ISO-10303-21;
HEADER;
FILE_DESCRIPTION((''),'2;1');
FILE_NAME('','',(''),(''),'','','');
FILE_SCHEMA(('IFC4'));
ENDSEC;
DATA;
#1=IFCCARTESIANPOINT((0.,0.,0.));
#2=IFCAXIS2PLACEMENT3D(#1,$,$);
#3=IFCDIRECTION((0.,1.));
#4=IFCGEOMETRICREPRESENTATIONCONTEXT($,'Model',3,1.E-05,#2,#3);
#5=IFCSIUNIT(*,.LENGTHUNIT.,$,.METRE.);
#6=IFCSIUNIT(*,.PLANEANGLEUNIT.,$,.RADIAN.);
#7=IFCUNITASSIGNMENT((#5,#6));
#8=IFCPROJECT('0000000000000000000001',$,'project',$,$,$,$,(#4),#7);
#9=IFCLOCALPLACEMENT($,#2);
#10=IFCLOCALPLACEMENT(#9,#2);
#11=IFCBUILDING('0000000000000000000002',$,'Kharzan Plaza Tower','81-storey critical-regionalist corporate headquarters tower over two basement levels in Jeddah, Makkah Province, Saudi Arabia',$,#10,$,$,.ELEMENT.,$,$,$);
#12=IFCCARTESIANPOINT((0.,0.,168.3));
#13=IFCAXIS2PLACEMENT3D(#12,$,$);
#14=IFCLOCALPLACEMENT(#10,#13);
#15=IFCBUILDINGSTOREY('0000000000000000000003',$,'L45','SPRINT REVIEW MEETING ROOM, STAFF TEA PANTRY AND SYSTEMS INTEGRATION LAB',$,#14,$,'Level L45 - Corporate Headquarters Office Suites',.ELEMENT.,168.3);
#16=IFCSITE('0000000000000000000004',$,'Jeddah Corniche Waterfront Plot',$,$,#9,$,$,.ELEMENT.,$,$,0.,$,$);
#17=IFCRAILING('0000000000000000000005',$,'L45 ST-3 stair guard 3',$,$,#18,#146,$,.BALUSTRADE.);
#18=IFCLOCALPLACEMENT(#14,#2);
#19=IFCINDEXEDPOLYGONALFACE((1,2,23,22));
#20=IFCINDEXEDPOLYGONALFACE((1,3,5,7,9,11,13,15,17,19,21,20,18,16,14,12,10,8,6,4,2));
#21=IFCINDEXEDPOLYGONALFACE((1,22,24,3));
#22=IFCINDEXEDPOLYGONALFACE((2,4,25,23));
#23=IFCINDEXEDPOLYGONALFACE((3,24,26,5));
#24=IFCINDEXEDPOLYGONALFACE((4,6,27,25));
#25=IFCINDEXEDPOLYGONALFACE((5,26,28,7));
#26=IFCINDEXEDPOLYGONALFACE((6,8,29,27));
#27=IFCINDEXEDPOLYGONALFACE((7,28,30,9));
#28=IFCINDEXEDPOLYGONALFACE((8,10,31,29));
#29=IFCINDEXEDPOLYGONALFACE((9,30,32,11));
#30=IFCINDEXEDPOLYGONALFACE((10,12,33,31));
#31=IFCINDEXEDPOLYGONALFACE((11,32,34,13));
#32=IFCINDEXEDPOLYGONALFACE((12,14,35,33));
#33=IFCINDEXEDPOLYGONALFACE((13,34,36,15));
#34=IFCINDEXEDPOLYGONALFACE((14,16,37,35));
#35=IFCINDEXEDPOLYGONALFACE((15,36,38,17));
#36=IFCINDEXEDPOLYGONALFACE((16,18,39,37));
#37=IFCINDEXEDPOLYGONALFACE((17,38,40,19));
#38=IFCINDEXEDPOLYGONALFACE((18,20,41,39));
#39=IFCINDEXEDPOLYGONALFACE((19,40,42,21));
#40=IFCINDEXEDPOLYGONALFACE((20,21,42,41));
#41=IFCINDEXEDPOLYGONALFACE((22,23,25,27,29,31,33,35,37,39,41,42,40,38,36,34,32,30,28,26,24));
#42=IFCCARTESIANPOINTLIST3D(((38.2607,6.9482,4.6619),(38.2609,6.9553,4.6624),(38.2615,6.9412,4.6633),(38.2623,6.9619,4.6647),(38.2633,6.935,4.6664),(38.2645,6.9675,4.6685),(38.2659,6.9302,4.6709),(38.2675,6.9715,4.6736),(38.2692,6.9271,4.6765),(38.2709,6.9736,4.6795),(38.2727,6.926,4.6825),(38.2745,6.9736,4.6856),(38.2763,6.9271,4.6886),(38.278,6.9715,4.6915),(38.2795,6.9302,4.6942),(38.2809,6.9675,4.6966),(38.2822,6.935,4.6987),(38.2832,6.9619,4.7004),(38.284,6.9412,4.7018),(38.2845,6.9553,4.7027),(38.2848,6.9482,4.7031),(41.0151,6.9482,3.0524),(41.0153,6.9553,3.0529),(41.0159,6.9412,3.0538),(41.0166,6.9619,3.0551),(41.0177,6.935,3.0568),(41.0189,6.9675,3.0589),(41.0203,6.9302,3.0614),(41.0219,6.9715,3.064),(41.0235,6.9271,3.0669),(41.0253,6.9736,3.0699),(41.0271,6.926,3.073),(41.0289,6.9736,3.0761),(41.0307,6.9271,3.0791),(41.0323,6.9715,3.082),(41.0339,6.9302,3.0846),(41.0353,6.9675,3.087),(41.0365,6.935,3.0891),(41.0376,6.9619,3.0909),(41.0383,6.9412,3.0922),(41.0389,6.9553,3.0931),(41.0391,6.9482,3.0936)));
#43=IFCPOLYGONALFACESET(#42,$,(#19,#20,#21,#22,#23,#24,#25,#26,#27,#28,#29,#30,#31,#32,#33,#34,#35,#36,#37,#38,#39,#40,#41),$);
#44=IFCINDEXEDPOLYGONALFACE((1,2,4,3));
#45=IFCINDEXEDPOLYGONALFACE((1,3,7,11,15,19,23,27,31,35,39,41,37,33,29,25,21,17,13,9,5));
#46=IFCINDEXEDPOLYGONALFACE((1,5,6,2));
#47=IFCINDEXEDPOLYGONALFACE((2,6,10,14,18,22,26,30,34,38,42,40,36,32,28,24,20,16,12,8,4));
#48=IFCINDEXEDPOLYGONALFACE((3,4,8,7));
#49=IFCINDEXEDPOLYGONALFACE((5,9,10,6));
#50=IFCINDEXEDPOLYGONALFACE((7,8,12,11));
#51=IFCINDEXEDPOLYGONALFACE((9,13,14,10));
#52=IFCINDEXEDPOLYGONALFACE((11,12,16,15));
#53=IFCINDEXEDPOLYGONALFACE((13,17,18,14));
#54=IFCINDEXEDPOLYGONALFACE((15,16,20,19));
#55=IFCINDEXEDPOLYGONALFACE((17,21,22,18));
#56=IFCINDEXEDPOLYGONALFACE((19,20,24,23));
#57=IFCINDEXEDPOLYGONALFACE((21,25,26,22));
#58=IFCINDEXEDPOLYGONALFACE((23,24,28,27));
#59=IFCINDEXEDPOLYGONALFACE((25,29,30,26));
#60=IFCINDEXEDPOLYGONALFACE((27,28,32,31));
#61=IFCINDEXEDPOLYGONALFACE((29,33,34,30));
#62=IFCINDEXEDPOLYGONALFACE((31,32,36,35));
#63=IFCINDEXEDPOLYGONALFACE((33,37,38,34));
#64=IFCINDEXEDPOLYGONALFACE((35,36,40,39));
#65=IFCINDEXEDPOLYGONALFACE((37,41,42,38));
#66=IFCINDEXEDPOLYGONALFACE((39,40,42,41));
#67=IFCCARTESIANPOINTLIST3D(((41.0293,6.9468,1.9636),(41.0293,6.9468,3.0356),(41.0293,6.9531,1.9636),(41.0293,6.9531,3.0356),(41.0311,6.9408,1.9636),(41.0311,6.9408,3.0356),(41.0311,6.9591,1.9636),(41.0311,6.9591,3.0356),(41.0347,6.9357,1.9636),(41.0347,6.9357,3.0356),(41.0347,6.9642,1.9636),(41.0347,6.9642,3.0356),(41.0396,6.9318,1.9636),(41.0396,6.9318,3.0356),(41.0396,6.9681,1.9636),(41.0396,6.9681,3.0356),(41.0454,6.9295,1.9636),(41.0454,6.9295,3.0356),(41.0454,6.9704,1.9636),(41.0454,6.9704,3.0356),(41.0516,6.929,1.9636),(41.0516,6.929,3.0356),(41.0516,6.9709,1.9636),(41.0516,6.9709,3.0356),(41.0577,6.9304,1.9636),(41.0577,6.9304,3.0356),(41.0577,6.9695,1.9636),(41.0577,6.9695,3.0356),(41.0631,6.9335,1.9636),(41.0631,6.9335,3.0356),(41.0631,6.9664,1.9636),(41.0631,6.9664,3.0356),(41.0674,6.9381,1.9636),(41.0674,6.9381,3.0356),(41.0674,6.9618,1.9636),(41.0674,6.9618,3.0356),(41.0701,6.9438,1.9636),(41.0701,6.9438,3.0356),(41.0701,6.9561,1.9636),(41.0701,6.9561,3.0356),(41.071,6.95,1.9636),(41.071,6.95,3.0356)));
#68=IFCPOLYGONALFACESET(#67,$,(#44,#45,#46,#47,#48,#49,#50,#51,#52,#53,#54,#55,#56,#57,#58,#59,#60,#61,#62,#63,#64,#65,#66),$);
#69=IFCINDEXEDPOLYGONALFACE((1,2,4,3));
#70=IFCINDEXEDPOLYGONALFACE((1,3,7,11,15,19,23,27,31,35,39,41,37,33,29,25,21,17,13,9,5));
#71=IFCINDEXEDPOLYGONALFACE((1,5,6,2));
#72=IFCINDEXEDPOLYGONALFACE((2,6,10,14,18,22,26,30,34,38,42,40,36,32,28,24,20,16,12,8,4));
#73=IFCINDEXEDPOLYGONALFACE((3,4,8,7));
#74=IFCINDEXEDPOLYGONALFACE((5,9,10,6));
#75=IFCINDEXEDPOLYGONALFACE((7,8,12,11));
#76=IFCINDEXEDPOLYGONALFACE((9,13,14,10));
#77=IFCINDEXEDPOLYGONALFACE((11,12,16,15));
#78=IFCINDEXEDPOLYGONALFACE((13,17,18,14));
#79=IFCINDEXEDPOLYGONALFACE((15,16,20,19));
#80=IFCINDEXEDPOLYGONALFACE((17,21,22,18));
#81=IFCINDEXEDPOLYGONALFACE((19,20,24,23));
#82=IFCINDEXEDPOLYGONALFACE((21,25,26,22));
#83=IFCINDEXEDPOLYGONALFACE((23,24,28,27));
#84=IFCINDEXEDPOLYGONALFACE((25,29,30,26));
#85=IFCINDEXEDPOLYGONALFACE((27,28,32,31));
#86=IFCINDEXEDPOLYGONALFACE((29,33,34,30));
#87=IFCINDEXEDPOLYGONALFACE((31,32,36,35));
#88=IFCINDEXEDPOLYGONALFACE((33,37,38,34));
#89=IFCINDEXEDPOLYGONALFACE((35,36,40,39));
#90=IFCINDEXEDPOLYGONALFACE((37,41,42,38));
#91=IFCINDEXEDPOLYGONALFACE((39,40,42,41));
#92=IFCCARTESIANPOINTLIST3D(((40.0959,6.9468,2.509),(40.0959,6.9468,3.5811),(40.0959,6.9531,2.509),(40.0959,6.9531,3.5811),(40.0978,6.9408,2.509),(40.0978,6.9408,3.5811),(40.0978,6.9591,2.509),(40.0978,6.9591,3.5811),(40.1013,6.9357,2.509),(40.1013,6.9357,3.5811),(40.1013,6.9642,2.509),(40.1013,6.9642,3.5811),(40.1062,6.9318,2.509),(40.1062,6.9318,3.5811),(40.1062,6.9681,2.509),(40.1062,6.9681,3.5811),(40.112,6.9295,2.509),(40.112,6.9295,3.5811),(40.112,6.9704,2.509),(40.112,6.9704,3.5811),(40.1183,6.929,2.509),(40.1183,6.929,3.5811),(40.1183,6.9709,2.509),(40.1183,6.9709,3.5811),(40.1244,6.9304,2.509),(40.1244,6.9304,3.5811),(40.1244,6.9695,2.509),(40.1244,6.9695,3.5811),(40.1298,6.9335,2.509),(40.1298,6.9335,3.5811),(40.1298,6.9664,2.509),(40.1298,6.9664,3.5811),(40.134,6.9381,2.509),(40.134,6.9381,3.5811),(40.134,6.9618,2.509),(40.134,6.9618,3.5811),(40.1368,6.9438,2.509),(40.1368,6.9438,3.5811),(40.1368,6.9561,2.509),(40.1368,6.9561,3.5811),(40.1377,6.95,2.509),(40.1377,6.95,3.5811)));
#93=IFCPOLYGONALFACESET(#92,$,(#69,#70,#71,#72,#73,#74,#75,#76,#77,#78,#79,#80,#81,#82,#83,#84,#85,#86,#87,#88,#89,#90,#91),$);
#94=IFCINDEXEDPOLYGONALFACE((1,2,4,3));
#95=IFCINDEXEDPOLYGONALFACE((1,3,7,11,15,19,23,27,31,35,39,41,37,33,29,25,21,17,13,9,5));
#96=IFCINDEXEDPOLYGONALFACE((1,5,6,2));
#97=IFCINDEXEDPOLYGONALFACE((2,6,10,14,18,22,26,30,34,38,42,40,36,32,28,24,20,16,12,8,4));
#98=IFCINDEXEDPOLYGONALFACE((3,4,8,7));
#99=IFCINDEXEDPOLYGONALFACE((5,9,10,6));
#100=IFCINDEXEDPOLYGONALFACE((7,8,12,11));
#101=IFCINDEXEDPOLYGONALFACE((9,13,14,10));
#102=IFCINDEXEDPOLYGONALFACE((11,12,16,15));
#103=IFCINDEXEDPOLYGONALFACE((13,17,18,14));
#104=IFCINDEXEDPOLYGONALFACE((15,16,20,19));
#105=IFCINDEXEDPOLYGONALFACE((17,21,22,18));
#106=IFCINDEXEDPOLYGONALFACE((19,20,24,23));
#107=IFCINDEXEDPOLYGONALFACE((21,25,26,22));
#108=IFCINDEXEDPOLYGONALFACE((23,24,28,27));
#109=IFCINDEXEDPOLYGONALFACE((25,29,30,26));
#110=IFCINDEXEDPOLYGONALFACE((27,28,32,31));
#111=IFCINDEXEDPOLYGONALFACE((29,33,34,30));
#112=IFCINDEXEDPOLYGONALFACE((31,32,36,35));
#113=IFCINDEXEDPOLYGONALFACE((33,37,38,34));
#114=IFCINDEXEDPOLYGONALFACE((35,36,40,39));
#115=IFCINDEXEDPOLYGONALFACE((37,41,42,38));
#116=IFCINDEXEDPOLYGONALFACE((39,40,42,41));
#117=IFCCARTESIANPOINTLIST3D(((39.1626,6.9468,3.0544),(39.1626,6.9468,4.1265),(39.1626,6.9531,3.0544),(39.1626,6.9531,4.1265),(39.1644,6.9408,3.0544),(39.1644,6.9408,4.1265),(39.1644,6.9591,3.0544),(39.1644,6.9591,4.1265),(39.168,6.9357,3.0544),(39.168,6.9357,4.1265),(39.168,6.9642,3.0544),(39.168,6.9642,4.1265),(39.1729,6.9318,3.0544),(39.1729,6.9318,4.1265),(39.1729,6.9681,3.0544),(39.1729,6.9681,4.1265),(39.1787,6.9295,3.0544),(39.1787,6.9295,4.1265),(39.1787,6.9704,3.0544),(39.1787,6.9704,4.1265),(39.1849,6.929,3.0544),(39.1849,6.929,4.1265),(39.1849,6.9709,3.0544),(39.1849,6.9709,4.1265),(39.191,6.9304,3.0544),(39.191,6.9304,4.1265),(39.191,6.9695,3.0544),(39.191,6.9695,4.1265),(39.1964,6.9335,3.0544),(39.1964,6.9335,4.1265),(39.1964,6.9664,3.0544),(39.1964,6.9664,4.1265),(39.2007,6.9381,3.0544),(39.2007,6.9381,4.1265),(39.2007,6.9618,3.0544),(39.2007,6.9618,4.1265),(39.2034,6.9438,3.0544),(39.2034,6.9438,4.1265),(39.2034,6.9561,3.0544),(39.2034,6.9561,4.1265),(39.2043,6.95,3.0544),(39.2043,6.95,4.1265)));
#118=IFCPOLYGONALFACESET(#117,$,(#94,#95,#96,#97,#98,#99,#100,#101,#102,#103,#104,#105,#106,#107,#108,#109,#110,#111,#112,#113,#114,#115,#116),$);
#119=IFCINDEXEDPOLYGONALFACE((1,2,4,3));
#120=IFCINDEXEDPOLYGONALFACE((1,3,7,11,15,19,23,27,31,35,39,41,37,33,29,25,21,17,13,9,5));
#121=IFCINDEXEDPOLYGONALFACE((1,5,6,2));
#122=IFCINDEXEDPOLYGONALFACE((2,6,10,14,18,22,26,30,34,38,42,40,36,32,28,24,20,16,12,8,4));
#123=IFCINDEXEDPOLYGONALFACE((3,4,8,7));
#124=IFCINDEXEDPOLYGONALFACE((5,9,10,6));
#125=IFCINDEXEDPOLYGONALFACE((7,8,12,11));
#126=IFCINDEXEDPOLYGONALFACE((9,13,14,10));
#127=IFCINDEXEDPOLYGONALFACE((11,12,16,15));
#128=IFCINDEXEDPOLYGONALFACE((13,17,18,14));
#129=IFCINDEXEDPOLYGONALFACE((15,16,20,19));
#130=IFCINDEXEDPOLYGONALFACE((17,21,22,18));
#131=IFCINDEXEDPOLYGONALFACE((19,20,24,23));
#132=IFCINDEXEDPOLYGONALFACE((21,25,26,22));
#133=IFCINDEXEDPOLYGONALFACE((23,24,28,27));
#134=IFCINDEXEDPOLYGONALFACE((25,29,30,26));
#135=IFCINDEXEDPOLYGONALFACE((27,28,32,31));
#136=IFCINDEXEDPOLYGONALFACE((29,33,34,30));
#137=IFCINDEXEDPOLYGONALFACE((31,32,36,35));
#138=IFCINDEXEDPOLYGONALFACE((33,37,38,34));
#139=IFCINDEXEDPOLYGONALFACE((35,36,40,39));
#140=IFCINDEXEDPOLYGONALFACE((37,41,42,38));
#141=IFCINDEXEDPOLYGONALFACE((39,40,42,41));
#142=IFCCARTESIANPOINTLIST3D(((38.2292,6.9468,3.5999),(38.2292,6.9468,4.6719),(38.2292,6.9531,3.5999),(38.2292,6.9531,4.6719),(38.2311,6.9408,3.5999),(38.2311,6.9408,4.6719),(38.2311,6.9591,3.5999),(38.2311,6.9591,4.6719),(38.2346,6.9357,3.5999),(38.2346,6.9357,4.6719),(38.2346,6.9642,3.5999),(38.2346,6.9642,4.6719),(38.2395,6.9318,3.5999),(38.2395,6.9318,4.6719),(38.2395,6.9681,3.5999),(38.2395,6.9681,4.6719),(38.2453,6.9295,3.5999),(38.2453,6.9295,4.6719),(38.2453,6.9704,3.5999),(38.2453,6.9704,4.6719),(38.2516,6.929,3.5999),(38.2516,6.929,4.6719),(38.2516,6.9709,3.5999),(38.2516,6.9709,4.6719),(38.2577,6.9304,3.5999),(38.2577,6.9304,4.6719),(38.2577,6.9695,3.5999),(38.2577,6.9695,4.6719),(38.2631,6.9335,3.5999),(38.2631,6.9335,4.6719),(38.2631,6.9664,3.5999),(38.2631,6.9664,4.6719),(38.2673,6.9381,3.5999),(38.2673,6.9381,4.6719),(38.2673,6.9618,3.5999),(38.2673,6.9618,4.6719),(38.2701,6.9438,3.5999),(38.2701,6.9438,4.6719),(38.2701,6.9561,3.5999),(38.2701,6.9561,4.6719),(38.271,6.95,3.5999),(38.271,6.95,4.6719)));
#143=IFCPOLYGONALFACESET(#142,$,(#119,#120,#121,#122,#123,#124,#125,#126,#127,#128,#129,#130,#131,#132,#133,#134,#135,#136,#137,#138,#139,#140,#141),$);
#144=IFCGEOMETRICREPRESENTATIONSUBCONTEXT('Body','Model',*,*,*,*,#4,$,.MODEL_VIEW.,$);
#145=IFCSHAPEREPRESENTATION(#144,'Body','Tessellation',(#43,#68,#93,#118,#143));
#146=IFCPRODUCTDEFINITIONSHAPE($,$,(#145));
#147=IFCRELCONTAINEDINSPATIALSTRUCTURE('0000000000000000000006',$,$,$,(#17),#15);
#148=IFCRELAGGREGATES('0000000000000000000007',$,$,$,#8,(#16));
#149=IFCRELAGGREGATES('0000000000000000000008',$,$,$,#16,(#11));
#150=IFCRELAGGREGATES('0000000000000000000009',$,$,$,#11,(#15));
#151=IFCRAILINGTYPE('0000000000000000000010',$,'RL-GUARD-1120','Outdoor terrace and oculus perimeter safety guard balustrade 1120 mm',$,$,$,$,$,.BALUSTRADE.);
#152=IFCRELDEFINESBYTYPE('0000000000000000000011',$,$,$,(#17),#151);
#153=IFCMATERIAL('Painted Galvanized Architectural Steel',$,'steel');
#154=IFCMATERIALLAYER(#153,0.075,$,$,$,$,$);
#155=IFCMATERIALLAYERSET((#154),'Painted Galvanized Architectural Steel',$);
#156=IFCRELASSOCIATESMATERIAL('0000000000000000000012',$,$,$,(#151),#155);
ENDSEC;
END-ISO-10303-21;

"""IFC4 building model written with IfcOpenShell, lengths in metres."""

from ifc_helpers import new_model, si_unit, direction, frame, origin, origin_2d, place, context, subcontext, project, spatial, circle, extrude, source, transform, mapped, material, layer, layer_set, type_object, element, save


model = new_model("IFC4")

# Units and contexts
model_context = context("Model", 3, precision=1e-05, world=origin(), true_north=direction((0.0, 1.0)))
body_context = subcontext(model_context, "Body", "Model", "MODEL_VIEW")
ifc_project = project(units=[si_unit("LENGTHUNIT", "METRE"), si_unit("PLANEANGLEUNIT", "RADIAN")], contexts=[model_context])

# Site, building, storey
site_placement = place(None, origin())
site = spatial("IfcSite", under=ifc_project, at=site_placement, Name="Jeddah Corniche Waterfront Plot", CompositionType="ELEMENT", RefElevation=0.0)
building_placement = place(site_placement, origin())
building = spatial("IfcBuilding", under=site, at=building_placement, Name="Kharzan Plaza Tower", Description="81-storey critical-regionalist corporate headquarters tower over two basement levels in Jeddah, Makkah Province, Saudi Arabia", CompositionType="ELEMENT")
storey_placement = place(building_placement, frame((0.0, 0.0, 168.3)))
storey = spatial("IfcBuildingStorey", under=building, at=storey_placement, Name="L45", Description="SPRINT REVIEW MEETING ROOM, STAFF TEA PANTRY AND SYSTEMS INTEGRATION LAB", LongName="Level L45 - Corporate Headquarters Office Suites", CompositionType="ELEMENT", Elevation=168.3)

# Railing
ifc_material_1 = material(Name="Painted Galvanized Architectural Steel", Category="steel")
ifc_layer_1 = layer(ifc_material_1, 0.075)
ifc_layer_set_1 = layer_set([ifc_layer_1], Name="Painted Galvanized Architectural Steel")
railing_type_1 = type_object("IfcRailingType", Name="RL-GUARD-1120", Description="Outdoor terrace and oculus perimeter safety guard balustrade 1120 mm", PredefinedType="BALUSTRADE", material=ifc_layer_set_1)
shared_shape_1 = source(origin(), body_context, "Body", "SweptSolid", [
    extrude(circle(Radius=0.0239, at=origin_2d()), frame((-0.0229, 0.0, 1.1094), z_axis=(-0.863394, 0.0, 0.504531), x_axis=(0.0, -1.0, 0.0)), (0.0, 0.0, 1.0), 3.1902),
    extrude(circle(Radius=0.021, at=origin_2d()), origin(), (0.0, 0.0, 1.0), 1.072),
    extrude(circle(Radius=0.021, at=origin_2d()), frame((-0.9333, 0.0, 0.5454)), (0.0, 0.0, 1.0), 1.072),
    extrude(circle(Radius=0.021, at=origin_2d()), frame((-1.8667, 0.0, 1.0908)), (0.0, 0.0, 1.0), 1.072),
    extrude(circle(Radius=0.021, at=origin_2d()), frame((-2.8, 0.0, 1.6362)), (0.0, 0.0, 1.0), 1.072),
])
railing_1_placement = place(storey_placement, frame((41.05, 6.95, 1.9636)))
element("IfcRailing", 1, at=railing_1_placement, inside=storey, type_object=railing_type_1, Name="L45 ST-3 stair guard 3", PredefinedType="BALUSTRADE", context=body_context, shape_type="MappedRepresentation", body=[
    mapped(shared_shape_1, transform((0.0, 0.0, 0.0), x_axis=(1.0, 0.0, 0.0), y_axis=(0.0, 1.0, 0.0), z_axis=(0.0, 0.0, 1.0))),
])

save(model, "model.ifc")
